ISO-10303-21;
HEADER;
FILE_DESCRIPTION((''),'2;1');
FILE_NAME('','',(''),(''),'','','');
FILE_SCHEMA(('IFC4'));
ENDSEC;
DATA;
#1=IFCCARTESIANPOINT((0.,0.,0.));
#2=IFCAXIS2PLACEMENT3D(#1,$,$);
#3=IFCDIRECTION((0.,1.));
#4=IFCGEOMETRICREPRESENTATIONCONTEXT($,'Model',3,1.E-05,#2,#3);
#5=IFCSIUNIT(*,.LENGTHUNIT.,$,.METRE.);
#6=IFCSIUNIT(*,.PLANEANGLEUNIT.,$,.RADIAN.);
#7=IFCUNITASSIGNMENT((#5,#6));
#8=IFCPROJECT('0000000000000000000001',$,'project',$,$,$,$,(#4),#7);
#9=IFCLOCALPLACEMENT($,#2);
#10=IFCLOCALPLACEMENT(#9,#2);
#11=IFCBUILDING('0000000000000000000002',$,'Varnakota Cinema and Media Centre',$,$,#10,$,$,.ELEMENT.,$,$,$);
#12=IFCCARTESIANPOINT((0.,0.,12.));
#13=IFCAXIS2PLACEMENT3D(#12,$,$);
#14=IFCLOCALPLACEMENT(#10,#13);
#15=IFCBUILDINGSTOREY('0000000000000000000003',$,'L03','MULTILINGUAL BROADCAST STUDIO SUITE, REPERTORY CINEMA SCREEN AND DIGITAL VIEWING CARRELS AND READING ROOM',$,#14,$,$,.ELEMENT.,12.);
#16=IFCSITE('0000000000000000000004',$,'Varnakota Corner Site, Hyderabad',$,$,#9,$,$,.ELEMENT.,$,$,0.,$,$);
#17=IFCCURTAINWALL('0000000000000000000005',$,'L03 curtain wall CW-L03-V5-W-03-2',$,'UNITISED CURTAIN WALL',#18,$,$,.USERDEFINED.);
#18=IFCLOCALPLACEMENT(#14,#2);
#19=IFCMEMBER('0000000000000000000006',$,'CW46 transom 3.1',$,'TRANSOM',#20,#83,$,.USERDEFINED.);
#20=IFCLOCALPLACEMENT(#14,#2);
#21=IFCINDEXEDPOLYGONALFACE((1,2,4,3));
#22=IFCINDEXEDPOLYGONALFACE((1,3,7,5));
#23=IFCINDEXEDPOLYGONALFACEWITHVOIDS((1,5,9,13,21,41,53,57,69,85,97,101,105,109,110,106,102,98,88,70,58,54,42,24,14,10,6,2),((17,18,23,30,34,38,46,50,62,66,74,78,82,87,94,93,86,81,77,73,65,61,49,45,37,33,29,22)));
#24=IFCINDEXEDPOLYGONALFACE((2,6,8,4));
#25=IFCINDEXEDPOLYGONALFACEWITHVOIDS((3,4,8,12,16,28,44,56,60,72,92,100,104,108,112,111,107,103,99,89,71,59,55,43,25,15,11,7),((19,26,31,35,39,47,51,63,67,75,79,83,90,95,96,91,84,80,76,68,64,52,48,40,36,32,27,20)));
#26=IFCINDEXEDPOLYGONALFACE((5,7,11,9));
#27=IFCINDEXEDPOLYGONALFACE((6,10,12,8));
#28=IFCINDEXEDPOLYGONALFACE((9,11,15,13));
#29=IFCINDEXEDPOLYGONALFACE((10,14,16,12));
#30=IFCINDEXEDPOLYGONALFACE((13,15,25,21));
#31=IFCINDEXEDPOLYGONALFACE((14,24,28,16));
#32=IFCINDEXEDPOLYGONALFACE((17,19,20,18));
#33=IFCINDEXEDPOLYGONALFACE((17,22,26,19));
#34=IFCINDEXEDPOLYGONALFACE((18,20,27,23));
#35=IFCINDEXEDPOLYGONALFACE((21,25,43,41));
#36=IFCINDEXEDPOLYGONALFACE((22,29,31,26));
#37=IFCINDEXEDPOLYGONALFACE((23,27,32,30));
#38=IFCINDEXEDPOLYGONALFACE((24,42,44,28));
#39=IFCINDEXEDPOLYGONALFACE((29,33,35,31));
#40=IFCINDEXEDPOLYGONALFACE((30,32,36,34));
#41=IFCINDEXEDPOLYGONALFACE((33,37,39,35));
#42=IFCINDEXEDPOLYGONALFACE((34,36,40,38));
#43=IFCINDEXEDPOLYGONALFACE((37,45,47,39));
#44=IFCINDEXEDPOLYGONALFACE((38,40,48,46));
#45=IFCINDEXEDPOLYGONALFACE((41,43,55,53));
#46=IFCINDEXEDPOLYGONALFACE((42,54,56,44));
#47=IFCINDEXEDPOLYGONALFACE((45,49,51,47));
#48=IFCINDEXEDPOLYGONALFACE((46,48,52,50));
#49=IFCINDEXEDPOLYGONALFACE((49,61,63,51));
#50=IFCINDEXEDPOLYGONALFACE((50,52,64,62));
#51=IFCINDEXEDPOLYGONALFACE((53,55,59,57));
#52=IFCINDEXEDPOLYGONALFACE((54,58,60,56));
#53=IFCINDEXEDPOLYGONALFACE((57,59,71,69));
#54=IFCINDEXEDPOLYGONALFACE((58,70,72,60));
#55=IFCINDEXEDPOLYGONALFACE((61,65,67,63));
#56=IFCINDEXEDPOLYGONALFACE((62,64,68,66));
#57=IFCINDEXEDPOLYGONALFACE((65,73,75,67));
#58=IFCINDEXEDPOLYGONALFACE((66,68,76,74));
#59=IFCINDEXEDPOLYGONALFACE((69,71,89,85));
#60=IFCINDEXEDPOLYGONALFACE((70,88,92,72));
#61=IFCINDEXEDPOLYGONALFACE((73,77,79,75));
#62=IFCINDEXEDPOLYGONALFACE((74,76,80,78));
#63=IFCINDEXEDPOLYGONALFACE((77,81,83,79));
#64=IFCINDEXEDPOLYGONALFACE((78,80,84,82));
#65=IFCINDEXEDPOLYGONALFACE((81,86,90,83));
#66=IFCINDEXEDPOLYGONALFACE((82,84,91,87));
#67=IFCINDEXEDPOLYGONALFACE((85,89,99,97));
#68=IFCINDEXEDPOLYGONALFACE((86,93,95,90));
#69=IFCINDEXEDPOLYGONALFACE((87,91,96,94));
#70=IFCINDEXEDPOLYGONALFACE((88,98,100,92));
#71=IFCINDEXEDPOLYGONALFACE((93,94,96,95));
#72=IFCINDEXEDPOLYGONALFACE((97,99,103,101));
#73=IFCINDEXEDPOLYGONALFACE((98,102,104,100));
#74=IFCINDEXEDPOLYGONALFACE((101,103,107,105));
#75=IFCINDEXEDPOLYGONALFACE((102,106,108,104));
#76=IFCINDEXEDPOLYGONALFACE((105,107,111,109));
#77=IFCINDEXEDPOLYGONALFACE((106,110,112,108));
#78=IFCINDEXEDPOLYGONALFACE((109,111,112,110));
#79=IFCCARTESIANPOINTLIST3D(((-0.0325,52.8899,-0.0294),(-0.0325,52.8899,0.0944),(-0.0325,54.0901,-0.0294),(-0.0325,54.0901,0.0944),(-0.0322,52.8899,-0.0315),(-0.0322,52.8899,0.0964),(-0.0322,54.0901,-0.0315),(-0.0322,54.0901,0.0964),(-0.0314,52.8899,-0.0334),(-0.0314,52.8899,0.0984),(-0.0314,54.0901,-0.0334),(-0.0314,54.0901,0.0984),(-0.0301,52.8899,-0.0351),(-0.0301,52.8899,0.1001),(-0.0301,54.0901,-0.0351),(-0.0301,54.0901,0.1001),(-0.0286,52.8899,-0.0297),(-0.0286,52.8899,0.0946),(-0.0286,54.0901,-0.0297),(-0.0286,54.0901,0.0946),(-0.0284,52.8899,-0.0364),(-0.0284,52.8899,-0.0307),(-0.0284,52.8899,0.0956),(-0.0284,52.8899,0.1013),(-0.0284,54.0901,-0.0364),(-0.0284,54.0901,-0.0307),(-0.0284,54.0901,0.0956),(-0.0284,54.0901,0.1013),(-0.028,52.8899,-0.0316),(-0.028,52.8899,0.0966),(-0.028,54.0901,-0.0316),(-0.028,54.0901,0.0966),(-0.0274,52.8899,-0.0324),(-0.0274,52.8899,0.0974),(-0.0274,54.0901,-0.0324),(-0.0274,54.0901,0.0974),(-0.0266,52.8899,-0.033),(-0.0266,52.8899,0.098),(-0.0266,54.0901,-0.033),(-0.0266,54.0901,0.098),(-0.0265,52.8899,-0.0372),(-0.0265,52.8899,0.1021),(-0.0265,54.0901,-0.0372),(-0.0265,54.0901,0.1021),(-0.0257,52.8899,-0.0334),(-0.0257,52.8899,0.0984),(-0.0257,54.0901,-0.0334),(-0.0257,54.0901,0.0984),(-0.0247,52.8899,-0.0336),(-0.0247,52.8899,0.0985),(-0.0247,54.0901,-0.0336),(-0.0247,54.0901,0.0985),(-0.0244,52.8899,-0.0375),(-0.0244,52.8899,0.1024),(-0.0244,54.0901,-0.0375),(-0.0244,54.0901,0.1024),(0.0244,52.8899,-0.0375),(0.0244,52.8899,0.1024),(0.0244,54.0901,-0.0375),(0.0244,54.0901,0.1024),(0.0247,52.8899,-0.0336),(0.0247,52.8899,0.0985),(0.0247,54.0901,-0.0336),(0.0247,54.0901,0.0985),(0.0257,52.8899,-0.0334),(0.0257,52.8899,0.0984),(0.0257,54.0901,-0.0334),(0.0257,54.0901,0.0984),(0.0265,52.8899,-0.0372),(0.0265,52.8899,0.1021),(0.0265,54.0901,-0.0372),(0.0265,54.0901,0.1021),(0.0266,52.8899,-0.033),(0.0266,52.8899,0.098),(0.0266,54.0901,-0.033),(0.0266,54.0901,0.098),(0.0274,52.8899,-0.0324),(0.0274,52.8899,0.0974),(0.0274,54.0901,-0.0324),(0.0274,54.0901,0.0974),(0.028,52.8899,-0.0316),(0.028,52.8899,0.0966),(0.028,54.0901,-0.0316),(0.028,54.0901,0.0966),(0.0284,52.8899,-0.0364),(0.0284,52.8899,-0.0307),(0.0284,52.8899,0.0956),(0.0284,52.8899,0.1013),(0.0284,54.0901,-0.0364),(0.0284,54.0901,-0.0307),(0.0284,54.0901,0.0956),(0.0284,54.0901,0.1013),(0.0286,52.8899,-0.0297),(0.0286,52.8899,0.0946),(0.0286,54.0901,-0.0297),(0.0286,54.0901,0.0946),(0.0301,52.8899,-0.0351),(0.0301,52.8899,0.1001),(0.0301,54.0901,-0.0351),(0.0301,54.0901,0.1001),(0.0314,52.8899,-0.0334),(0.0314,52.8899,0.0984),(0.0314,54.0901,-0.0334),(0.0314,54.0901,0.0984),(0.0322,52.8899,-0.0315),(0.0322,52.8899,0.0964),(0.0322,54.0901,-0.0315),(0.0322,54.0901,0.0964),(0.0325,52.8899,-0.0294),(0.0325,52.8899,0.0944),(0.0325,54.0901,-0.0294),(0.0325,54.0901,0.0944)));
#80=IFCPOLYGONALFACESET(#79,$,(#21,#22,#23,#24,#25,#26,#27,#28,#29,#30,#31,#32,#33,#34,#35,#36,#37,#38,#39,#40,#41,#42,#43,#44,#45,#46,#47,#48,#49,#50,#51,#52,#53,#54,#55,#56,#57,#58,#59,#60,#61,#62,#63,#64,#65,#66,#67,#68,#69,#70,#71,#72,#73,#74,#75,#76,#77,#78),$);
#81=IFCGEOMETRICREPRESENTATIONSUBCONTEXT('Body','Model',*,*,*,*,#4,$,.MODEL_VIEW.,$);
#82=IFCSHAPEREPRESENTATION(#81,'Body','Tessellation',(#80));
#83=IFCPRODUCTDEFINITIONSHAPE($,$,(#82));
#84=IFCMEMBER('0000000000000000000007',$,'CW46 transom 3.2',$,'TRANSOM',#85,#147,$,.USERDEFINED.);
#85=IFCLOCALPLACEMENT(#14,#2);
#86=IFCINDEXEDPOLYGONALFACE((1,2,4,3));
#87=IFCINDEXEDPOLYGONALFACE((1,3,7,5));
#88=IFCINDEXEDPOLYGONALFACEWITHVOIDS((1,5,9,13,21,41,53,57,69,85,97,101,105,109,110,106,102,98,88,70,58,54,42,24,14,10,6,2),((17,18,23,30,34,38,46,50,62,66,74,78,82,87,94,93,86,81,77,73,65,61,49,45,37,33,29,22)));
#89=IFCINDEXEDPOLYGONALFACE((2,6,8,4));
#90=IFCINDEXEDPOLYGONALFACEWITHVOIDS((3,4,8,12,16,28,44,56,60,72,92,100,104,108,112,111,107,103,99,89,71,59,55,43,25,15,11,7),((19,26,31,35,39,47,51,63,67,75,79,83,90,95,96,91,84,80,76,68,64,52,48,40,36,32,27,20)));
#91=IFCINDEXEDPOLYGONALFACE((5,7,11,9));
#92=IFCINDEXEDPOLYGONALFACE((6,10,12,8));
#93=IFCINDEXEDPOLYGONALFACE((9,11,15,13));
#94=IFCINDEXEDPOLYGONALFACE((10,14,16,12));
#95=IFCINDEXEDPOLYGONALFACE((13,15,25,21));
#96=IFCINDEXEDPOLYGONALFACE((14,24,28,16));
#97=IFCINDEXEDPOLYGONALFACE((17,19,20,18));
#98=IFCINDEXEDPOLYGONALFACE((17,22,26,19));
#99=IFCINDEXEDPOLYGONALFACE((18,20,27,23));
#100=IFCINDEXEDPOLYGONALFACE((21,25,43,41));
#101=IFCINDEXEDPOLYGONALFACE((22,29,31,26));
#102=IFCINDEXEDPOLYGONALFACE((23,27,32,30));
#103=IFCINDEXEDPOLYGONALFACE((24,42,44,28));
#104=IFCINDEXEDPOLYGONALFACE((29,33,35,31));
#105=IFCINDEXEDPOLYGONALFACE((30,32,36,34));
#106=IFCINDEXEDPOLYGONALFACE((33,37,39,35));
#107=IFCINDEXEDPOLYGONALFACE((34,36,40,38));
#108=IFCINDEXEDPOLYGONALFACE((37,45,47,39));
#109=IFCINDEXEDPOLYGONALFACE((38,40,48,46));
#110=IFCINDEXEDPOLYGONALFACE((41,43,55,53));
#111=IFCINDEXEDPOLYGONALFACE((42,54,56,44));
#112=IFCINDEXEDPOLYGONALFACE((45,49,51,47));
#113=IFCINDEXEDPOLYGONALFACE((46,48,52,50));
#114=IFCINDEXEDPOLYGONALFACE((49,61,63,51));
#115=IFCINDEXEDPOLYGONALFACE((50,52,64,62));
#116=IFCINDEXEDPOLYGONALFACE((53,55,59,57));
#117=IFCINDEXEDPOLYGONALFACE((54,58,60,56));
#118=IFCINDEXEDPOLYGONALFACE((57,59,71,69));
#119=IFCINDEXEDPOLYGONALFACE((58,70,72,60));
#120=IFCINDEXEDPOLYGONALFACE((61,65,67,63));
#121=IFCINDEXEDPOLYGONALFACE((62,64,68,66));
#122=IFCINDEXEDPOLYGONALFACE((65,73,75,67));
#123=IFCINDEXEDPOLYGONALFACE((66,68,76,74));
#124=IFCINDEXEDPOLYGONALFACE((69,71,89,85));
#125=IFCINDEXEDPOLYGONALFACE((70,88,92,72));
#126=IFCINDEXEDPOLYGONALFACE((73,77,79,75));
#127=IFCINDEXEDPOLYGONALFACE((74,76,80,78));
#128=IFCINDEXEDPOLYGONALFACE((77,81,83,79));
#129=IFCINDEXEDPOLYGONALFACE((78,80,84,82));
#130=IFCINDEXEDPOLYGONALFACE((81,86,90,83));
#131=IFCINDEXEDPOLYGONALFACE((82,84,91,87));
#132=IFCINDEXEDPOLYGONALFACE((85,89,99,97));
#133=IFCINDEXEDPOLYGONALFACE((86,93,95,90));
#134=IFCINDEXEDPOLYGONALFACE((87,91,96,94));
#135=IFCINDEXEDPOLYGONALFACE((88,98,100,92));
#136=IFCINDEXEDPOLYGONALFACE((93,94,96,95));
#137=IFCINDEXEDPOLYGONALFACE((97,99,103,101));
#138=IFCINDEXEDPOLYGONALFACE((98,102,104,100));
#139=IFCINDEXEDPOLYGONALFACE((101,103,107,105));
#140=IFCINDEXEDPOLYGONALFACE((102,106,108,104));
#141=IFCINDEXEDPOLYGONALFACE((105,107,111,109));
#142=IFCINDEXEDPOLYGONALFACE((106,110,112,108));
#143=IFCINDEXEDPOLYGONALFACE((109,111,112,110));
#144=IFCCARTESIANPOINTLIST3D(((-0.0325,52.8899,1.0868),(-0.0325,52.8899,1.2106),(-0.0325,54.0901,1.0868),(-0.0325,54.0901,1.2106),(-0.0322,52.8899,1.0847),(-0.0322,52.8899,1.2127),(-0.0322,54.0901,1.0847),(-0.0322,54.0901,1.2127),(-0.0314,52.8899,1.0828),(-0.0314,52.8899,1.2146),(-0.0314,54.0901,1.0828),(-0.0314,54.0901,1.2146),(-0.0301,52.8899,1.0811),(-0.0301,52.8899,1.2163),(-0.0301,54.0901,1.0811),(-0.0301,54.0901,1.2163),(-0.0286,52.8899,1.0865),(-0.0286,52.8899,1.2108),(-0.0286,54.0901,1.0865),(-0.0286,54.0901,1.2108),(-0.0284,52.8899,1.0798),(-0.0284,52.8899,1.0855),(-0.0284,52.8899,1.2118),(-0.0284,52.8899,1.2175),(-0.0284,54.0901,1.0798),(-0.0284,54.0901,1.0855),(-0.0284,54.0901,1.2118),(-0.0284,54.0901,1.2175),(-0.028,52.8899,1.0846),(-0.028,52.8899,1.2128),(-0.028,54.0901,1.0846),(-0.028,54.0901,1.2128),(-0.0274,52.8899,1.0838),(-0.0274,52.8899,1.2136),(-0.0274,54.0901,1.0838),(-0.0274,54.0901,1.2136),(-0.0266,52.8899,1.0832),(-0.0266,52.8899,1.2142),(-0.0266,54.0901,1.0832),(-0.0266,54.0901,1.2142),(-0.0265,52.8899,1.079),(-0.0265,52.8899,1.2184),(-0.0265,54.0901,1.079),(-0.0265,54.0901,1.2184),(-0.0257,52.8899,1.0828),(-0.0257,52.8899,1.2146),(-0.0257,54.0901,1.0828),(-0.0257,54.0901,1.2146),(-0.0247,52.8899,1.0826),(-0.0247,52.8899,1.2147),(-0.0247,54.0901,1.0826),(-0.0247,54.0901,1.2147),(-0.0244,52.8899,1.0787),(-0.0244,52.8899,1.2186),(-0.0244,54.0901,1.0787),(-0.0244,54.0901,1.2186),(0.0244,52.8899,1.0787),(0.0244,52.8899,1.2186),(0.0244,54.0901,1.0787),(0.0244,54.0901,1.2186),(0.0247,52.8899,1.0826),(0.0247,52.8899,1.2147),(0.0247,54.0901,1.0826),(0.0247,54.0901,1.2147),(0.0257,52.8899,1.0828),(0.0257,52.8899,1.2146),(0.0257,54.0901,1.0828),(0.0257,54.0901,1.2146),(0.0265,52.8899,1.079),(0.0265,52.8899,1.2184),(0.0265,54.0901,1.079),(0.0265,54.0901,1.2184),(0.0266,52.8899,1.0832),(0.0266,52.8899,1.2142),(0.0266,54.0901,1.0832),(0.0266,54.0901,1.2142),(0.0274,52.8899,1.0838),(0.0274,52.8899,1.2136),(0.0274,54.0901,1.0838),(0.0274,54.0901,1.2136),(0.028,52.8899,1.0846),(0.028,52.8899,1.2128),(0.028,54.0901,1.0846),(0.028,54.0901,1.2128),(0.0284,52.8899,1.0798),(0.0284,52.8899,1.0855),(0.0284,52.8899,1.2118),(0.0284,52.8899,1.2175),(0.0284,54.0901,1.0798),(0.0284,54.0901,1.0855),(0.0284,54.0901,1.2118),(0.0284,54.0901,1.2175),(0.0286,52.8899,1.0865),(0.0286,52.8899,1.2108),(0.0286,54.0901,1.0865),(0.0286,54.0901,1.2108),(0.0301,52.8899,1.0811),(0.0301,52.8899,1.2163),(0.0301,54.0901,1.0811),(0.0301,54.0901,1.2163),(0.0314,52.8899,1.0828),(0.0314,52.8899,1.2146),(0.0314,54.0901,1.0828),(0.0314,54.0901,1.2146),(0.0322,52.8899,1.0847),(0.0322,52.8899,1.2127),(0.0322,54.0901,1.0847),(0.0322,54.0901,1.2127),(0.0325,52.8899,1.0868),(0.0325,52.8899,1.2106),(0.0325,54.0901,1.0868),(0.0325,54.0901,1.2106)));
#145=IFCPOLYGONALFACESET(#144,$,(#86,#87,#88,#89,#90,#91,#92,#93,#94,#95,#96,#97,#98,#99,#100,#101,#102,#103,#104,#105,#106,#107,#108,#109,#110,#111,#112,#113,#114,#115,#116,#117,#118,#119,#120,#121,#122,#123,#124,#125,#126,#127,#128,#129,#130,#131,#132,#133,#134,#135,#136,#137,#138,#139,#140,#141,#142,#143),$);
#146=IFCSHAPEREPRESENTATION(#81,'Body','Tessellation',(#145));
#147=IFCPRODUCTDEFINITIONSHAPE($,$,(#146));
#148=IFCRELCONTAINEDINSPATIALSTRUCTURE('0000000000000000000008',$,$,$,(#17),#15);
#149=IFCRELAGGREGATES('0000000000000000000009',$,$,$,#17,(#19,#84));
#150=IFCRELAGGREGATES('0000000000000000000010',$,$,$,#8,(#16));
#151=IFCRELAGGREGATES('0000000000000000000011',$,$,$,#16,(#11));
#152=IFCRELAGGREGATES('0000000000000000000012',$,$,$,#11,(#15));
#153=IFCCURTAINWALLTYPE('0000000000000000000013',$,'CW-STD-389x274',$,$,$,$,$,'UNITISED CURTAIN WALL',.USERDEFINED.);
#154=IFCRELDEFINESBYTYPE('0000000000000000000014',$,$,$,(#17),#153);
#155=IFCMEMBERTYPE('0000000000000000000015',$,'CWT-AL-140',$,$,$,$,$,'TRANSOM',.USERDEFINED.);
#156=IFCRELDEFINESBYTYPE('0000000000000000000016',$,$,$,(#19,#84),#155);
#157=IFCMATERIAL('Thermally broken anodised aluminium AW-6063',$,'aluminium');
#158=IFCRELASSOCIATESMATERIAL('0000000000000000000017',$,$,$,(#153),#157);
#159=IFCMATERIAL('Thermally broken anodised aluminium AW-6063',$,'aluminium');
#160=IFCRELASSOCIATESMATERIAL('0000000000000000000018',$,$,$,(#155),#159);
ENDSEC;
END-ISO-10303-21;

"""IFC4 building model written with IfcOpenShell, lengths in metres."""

from ifc_helpers import new_model, si_unit, direction, frame, origin, origin_2d, place, context, subcontext, project, spatial, hollow_rectangle, extrude, material, material_profile, profile_set, type_object, element, aggregate, save


model = new_model("IFC4")

# Units and contexts
model_context = context("Model", 3, precision=1e-05, world=origin(), true_north=direction((0.0, 1.0)))
body_context = subcontext(model_context, "Body", "Model", "MODEL_VIEW")
ifc_project = project(units=[si_unit("LENGTHUNIT", "METRE"), si_unit("PLANEANGLEUNIT", "RADIAN")], contexts=[model_context])

# Site, building, storey
site_placement = place(None, origin())
site = spatial("IfcSite", under=ifc_project, at=site_placement, Name="Varnakota Corner Site, Hyderabad", CompositionType="ELEMENT", RefElevation=0.0)
building_placement = place(site_placement, origin())
building = spatial("IfcBuilding", under=site, at=building_placement, Name="Varnakota Cinema and Media Centre", CompositionType="ELEMENT")
storey_placement = place(building_placement, frame((0.0, 0.0, 12.0)))
storey = spatial("IfcBuildingStorey", under=building, at=storey_placement, Name="L03", Description="MULTILINGUAL BROADCAST STUDIO SUITE, REPERTORY CINEMA SCREEN AND DIGITAL VIEWING CARRELS AND READING ROOM", CompositionType="ELEMENT", Elevation=12.0)

# Shared definitions
ifc_material_1 = material(Name="Thermally broken anodised aluminium AW-6063", Category="aluminium")
curtain_wall_type = type_object("IfcCurtainWallType", Name="CW-STD-389x274", ElementType="UNITISED CURTAIN WALL", PredefinedType="USERDEFINED", material=ifc_material_1)

# Curtain wall, members
curtain_wall_1_placement = place(storey_placement, origin())
curtain_wall_1 = element("IfcCurtainWall", 1, at=curtain_wall_1_placement, inside=storey, type_object=curtain_wall_type, Name="L03 curtain wall CW-L03-V5-W-03-2", ObjectType="UNITISED CURTAIN WALL", PredefinedType="USERDEFINED")
ifc_material_2 = material(Name="Thermally broken anodised aluminium AW-6063", Category="aluminium")
ifc_material_profile_1 = material_profile(ifc_material_2, hollow_rectangle(XDim=0.0649, YDim=0.1399, WallThickness=0.0039, InnerFilletRadius=0.0039, OuterFilletRadius=0.0081, at=origin_2d()), Name="AL-TRANSOM 140x65x4")
ifc_profile_set_1 = profile_set([ifc_material_profile_1], Name="Thermally broken anodised aluminium AW-6063")
member_type_1 = type_object("IfcMemberType", Name="CWT-AL-140", ElementType="TRANSOM", PredefinedType="USERDEFINED", material=ifc_profile_set_1)
member_1_placement = place(storey_placement, frame((0.0, 54.0901, 0.0325), z_axis=(0.0, -1.0, 0.0), x_axis=(1.0, 0.0, 0.0)))
member_1 = element("IfcMember", 2, at=member_1_placement, type_object=member_type_1, Name="CW46 transom 3.1", ObjectType="TRANSOM", PredefinedType="USERDEFINED", context=body_context, shape_type="SweptSolid", body=[
    extrude(hollow_rectangle(XDim=0.0649, YDim=0.1399, WallThickness=0.0039, InnerFilletRadius=0.0039, OuterFilletRadius=0.0081, at=origin_2d()), origin(), (0.0, 0.0, 1.0), 1.2002),
])
member_2_placement = place(storey_placement, frame((0.0, 54.0901, 1.1487), z_axis=(0.0, -1.0, 0.0), x_axis=(1.0, 0.0, 0.0)))
member_2 = element("IfcMember", 3, at=member_2_placement, type_object=member_type_1, Name="CW46 transom 3.2", ObjectType="TRANSOM", PredefinedType="USERDEFINED", context=body_context, shape_type="SweptSolid", body=[
    extrude(hollow_rectangle(XDim=0.0649, YDim=0.1399, WallThickness=0.0039, InnerFilletRadius=0.0039, OuterFilletRadius=0.0081, at=origin_2d()), origin(), (0.0, 0.0, 1.0), 1.2002),
])

aggregate(curtain_wall_1, [member_1, member_2])

save(model, "model.ifc")
